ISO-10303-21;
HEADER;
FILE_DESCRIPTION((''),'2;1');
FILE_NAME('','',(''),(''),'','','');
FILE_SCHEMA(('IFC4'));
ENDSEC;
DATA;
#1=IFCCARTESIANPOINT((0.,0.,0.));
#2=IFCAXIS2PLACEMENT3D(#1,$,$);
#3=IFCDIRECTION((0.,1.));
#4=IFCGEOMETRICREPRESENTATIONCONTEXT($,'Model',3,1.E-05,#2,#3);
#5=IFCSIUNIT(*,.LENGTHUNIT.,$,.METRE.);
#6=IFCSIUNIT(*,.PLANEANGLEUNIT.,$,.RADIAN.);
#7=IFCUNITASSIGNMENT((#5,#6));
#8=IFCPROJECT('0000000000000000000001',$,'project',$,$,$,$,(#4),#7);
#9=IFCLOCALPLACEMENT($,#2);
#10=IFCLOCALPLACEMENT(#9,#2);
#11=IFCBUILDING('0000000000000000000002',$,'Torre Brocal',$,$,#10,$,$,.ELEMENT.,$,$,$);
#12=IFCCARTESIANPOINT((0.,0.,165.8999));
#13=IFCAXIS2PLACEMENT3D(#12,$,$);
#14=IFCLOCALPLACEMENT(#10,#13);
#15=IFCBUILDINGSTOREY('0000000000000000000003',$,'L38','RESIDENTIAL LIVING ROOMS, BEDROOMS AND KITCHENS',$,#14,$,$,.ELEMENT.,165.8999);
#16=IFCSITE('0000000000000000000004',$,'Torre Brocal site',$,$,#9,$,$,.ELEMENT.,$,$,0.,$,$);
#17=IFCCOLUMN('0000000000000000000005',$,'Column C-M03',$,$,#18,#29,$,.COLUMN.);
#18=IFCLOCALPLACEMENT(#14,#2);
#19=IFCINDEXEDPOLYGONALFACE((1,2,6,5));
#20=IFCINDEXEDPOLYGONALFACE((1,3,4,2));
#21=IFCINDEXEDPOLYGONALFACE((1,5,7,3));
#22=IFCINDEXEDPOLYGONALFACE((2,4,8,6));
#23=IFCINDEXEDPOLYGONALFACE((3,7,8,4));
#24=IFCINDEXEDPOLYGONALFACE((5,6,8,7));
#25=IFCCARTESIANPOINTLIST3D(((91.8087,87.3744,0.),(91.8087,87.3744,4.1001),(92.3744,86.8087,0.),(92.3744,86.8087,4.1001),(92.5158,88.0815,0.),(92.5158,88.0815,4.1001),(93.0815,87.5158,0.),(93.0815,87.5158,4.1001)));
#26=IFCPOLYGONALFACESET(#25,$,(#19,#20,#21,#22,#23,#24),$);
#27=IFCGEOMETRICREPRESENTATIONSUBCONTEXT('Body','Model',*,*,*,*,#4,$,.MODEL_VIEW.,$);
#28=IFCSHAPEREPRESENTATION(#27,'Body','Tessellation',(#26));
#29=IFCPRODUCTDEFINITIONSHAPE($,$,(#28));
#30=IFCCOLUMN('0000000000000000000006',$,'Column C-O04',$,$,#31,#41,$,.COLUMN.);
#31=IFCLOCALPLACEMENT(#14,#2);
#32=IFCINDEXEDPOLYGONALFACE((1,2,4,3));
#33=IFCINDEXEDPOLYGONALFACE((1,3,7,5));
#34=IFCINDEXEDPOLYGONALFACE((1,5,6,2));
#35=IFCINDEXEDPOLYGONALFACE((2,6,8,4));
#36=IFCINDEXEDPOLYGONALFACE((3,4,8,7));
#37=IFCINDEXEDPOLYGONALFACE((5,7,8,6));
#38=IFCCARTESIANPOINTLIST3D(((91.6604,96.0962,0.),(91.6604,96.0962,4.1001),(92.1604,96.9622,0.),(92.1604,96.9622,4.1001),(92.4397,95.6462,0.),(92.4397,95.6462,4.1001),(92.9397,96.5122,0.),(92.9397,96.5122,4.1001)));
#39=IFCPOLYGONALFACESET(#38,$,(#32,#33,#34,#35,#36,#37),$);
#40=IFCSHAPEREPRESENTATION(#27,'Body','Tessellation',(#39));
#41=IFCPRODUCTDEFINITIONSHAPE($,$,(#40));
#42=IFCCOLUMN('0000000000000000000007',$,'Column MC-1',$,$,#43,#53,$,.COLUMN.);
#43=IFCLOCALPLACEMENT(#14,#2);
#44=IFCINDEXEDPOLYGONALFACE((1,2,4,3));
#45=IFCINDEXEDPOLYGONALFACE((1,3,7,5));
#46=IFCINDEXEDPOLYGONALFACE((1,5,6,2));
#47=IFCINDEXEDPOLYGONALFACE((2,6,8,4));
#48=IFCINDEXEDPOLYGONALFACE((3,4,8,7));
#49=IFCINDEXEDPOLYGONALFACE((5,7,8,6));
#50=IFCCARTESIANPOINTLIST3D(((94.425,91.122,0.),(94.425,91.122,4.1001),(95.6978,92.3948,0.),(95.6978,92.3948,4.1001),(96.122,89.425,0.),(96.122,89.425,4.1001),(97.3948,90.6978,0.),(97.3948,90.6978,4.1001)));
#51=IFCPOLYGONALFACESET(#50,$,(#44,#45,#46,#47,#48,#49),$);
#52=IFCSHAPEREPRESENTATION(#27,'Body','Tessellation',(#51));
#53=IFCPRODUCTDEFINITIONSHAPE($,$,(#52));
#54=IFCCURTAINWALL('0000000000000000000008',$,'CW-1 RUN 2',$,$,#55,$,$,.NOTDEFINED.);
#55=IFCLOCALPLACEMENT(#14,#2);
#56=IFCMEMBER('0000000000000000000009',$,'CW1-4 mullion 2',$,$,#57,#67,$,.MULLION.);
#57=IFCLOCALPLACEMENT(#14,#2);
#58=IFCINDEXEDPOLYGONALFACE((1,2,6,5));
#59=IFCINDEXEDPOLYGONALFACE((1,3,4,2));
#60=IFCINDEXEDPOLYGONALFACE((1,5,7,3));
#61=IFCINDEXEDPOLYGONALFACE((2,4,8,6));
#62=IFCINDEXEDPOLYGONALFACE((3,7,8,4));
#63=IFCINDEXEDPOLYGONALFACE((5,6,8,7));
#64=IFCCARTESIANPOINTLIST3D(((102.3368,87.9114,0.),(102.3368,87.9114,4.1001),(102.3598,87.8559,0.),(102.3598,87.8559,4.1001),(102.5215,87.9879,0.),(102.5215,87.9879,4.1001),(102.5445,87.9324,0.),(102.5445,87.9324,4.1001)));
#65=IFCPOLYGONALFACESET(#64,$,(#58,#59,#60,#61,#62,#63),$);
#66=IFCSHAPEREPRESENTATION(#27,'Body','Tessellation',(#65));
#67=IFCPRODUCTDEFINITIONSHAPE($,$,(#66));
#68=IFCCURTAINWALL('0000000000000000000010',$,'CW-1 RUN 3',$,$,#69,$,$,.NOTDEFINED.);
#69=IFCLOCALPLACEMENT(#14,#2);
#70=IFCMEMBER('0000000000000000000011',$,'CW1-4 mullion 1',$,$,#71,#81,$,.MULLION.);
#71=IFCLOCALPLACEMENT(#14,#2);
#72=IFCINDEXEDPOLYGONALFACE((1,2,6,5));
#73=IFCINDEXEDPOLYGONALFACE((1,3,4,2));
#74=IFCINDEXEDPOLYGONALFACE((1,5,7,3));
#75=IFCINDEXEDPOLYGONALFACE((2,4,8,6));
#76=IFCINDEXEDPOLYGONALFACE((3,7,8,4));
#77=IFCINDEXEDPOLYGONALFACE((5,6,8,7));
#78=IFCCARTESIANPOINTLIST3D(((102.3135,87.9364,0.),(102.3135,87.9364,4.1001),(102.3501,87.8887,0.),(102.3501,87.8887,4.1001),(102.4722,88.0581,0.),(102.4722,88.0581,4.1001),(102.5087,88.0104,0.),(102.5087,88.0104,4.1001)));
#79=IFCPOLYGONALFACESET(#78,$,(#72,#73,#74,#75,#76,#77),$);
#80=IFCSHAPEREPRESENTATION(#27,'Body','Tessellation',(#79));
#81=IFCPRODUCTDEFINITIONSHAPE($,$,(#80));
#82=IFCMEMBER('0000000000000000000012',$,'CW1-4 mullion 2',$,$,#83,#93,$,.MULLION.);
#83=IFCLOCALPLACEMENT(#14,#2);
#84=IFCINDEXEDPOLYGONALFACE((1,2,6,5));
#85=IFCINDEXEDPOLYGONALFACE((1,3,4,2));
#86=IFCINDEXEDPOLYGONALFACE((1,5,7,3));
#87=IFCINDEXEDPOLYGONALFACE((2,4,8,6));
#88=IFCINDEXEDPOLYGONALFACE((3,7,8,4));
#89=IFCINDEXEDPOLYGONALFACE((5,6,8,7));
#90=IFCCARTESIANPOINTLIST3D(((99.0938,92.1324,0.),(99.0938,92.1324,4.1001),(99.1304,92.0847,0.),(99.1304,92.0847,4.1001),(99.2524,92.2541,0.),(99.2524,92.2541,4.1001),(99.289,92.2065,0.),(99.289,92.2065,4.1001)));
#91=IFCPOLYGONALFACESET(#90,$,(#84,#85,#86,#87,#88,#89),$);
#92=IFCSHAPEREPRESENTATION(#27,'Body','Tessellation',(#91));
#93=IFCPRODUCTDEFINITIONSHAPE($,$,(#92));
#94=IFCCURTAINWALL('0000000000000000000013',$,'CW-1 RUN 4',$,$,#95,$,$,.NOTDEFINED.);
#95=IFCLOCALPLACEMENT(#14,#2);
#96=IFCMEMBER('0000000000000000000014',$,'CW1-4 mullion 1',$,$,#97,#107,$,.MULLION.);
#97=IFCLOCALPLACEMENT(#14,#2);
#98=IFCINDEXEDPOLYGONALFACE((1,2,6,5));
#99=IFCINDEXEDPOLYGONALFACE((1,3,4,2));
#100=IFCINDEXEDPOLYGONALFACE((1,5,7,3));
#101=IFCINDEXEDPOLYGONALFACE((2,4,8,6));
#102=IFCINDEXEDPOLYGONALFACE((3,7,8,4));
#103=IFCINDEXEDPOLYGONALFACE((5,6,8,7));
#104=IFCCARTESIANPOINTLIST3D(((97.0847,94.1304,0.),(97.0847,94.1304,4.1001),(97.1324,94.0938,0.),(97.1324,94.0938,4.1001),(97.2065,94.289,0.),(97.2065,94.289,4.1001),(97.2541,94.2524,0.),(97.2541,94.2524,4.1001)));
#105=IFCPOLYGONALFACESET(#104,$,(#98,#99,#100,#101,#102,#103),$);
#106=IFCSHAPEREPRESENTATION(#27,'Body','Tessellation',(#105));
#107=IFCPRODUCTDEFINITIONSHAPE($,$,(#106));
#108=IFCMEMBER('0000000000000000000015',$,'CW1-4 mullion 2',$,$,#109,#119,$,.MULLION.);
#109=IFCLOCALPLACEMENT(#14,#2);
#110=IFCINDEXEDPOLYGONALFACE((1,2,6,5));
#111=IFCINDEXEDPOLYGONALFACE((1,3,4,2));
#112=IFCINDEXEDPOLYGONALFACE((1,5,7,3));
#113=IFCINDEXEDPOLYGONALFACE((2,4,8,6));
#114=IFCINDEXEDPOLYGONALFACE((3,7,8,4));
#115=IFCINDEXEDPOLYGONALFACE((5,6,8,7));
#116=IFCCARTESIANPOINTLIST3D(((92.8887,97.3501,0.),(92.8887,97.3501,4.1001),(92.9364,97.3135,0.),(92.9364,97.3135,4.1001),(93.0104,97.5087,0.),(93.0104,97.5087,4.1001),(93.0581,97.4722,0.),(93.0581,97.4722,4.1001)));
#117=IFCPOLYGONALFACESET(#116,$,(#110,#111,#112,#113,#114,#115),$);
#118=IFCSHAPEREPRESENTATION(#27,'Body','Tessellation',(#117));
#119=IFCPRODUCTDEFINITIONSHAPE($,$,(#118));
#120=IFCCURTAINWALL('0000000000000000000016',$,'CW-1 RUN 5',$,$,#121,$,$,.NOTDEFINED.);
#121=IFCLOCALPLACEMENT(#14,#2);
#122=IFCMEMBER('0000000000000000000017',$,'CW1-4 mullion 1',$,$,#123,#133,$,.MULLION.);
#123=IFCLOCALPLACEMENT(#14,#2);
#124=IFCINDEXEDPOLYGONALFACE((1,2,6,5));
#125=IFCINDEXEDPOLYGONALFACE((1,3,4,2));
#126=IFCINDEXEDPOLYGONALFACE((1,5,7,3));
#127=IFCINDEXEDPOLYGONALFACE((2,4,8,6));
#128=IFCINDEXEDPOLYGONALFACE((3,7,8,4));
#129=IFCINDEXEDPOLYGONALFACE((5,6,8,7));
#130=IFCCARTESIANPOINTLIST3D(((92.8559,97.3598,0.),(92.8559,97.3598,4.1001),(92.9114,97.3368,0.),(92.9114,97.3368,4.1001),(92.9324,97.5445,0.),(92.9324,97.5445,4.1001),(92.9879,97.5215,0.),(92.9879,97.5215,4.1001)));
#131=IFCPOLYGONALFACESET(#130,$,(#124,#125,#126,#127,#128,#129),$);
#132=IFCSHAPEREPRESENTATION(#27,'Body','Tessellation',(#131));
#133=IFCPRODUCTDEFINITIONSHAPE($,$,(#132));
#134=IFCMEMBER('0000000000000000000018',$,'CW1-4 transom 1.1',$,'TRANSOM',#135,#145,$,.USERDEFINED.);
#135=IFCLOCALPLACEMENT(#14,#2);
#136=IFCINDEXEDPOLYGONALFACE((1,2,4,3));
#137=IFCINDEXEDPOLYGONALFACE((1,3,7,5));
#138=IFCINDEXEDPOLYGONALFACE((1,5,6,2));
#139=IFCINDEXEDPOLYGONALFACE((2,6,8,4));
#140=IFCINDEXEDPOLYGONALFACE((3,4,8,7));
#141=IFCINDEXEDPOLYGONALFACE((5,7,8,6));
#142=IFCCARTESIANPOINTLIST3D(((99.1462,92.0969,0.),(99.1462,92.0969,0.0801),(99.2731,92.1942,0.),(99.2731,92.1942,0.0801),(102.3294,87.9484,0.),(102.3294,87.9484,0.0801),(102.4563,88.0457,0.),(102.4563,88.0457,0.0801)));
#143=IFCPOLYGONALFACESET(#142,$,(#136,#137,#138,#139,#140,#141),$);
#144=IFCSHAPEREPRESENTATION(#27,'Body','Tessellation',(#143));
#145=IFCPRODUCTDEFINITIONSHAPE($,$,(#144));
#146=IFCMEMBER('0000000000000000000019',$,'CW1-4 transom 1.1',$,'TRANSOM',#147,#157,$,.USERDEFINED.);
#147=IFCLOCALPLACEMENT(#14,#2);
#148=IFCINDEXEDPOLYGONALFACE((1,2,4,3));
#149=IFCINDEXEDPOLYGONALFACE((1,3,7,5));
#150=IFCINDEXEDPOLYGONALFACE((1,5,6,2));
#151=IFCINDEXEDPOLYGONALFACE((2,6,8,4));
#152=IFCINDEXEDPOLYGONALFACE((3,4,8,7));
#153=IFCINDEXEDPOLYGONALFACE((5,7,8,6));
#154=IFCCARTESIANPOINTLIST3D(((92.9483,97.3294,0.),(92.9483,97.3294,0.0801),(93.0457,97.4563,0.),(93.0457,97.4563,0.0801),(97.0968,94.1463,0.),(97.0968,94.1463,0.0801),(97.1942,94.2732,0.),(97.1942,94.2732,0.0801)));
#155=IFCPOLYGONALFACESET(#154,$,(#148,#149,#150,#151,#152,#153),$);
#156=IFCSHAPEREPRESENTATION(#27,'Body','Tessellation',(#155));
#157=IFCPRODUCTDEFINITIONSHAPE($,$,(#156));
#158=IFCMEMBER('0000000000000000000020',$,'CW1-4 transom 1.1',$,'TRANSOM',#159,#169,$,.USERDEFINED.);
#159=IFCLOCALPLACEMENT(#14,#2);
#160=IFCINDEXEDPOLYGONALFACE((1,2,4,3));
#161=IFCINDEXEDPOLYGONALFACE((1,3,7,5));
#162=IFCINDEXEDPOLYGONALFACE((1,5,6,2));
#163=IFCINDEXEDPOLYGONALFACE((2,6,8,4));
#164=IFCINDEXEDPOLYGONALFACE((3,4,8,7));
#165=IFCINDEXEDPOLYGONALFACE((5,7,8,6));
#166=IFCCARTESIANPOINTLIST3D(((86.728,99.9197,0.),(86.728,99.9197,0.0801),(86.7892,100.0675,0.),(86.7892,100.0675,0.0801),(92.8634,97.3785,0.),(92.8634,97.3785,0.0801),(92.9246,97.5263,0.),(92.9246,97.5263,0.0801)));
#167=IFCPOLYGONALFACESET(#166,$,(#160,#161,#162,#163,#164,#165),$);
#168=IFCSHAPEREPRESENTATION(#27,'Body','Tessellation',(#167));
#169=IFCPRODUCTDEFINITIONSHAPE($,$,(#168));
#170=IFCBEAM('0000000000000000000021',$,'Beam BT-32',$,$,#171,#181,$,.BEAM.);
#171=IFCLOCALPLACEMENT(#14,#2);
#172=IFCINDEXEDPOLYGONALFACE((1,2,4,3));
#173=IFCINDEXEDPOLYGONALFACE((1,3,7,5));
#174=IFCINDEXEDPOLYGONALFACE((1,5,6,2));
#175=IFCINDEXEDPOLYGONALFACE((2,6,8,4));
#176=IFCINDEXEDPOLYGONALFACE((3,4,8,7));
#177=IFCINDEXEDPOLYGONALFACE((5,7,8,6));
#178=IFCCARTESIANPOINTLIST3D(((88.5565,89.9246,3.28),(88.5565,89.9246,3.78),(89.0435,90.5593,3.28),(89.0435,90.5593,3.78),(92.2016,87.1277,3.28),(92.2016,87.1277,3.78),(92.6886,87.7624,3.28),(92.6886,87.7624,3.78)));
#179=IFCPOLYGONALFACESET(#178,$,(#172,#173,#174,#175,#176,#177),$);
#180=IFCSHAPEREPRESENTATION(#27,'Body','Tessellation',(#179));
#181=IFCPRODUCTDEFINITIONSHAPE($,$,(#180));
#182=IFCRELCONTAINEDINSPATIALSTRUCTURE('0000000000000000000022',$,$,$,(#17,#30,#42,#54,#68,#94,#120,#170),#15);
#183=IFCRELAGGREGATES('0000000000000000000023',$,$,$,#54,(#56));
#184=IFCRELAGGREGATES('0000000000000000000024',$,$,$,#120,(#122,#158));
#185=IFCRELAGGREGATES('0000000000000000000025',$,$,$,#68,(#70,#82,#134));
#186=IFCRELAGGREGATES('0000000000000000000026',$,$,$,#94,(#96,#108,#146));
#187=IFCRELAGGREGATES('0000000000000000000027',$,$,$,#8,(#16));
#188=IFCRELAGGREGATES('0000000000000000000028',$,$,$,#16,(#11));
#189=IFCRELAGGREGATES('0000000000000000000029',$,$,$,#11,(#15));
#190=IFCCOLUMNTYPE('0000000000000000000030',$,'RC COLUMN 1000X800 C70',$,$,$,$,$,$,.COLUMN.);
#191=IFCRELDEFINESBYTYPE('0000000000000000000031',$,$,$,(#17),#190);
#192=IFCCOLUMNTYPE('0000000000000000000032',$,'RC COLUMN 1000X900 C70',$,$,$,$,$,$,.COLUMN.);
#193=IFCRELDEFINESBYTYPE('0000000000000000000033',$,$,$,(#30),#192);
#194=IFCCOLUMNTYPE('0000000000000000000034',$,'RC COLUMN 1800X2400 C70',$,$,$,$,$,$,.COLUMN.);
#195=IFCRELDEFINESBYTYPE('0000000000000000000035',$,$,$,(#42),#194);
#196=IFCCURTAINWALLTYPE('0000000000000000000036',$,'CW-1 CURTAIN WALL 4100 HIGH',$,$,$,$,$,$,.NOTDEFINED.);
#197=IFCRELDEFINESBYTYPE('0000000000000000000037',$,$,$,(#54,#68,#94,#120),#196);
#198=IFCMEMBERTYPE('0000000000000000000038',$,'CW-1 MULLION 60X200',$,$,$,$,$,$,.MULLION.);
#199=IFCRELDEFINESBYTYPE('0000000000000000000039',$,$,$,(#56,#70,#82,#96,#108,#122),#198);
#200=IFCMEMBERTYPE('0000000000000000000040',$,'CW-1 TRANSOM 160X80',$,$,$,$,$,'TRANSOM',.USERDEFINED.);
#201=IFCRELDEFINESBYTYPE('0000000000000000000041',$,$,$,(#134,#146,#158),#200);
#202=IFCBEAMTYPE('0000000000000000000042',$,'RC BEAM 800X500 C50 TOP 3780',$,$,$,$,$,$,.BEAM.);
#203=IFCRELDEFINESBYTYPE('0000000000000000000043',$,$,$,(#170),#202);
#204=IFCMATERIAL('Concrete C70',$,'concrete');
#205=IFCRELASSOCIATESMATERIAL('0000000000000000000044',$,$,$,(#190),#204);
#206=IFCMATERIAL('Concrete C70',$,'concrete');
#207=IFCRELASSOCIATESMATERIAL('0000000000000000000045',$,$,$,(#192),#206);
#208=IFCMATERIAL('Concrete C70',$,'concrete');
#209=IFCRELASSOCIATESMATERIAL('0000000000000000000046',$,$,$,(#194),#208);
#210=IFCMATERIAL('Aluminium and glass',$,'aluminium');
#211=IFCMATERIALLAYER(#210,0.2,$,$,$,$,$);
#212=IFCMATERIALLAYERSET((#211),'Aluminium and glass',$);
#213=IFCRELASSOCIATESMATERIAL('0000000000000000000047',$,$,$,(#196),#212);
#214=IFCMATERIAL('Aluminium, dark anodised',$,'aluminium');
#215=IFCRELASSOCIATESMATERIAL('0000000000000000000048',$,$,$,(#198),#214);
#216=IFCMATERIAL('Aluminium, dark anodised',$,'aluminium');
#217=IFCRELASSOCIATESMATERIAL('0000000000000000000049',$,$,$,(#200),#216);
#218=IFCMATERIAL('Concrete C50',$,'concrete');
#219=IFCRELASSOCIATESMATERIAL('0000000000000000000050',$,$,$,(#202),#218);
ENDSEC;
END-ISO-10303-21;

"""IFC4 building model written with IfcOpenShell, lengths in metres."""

from ifc_helpers import new_model, si_unit, direction, frame, origin, origin_2d, place, context, subcontext, project, spatial, rectangle, extrude, material, layer, layer_set, material_profile, profile_set, type_object, element, aggregate, save


model = new_model("IFC4")

# Units and contexts
model_context = context("Model", 3, precision=1e-05, world=origin(), true_north=direction((0.0, 1.0)))
body_context = subcontext(model_context, "Body", "Model", "MODEL_VIEW")
ifc_project = project(units=[si_unit("LENGTHUNIT", "METRE"), si_unit("PLANEANGLEUNIT", "RADIAN")], contexts=[model_context])

# Site, building, storey
site_placement = place(None, origin())
site = spatial("IfcSite", under=ifc_project, at=site_placement, Name="Torre Brocal site", CompositionType="ELEMENT", RefElevation=0.0)
building_placement = place(site_placement, origin())
building = spatial("IfcBuilding", under=site, at=building_placement, Name="Torre Brocal", CompositionType="ELEMENT")
storey_placement = place(building_placement, frame((0.0, 0.0, 165.8999)))
storey = spatial("IfcBuildingStorey", under=building, at=storey_placement, Name="L38", Description="RESIDENTIAL LIVING ROOMS, BEDROOMS AND KITCHENS", CompositionType="ELEMENT", Elevation=165.8999)

# Columns
ifc_material_1 = material(Name="Concrete C70", Category="concrete")
ifc_material_profile_1 = material_profile(ifc_material_1, rectangle(XDim=1.0, YDim=0.8, at=origin_2d()), Name="RC 1000X800")
ifc_profile_set_1 = profile_set([ifc_material_profile_1], Name="Concrete C70")
column_type_1 = type_object("IfcColumnType", Name="RC COLUMN 1000X800 C70", PredefinedType="COLUMN", material=ifc_profile_set_1)
column_1_placement = place(storey_placement, frame((92.4451, 87.4451, 0.0), z_axis=(0.0, 0.0, 1.0), x_axis=(0.707107, 0.707107, 0.0)))
element("IfcColumn", 1, at=column_1_placement, inside=storey, type_object=column_type_1, Name="Column C-M03", PredefinedType="COLUMN", context=body_context, shape_type="SweptSolid", body=[
    extrude(rectangle(XDim=1.0, YDim=0.8, at=origin_2d()), origin(), (0.0, 0.0, 1.0), 4.1001),
])
ifc_material_2 = material(Name="Concrete C70", Category="concrete")
ifc_material_profile_2 = material_profile(ifc_material_2, rectangle(XDim=1.0, YDim=0.8999, at=origin_2d()), Name="RC 1000X900")
ifc_profile_set_2 = profile_set([ifc_material_profile_2], Name="Concrete C70")
column_type_2 = type_object("IfcColumnType", Name="RC COLUMN 1000X900 C70", PredefinedType="COLUMN", material=ifc_profile_set_2)
column_2_placement = place(storey_placement, frame((92.3, 96.3042, 0.0), z_axis=(0.0, 0.0, 1.0), x_axis=(0.5, 0.866025, 0.0)))
element("IfcColumn", 2, at=column_2_placement, inside=storey, type_object=column_type_2, Name="Column C-O04", PredefinedType="COLUMN", context=body_context, shape_type="SweptSolid", body=[
    extrude(rectangle(XDim=1.0, YDim=0.8999, at=origin_2d()), origin(), (0.0, 0.0, 1.0), 4.1001),
])
ifc_material_3 = material(Name="Concrete C70", Category="concrete")
ifc_material_profile_3 = material_profile(ifc_material_3, rectangle(XDim=1.8, YDim=2.3999, at=origin_2d()), Name="RC 1800X2400")
ifc_profile_set_3 = profile_set([ifc_material_profile_3], Name="Concrete C70")
column_type_3 = type_object("IfcColumnType", Name="RC COLUMN 1800X2400 C70", PredefinedType="COLUMN", material=ifc_profile_set_3)
column_3_placement = place(storey_placement, frame((95.9099, 90.9099, 0.0), z_axis=(0.0, 0.0, 1.0), x_axis=(0.707107, 0.707107, 0.0)))
element("IfcColumn", 3, at=column_3_placement, inside=storey, type_object=column_type_3, Name="Column MC-1", PredefinedType="COLUMN", context=body_context, shape_type="SweptSolid", body=[
    extrude(rectangle(XDim=1.8, YDim=2.3999, at=origin_2d()), origin(), (0.0, 0.0, 1.0), 4.1001),
])

# Curtain wall, member
ifc_material_4 = material(Name="Aluminium and glass", Category="aluminium")
ifc_layer_1 = layer(ifc_material_4, 0.2)
ifc_layer_set_1 = layer_set([ifc_layer_1], Name="Aluminium and glass")
curtain_wall_type = type_object("IfcCurtainWallType", Name="CW-1 CURTAIN WALL 4100 HIGH", PredefinedType="NOTDEFINED", material=ifc_layer_set_1)
curtain_wall_1_placement = place(storey_placement, origin())
curtain_wall_1 = element("IfcCurtainWall", 4, at=curtain_wall_1_placement, inside=storey, type_object=curtain_wall_type, Name="CW-1 RUN 2", PredefinedType="NOTDEFINED")
ifc_material_5 = material(Name="Aluminium, dark anodised", Category="aluminium")
ifc_material_profile_4 = material_profile(ifc_material_5, rectangle(XDim=0.2, YDim=0.0601, at=origin_2d()), Name="CW-1 MULLION 60X200")
ifc_profile_set_4 = profile_set([ifc_material_profile_4], Name="Aluminium, dark anodised")
member_type_1 = type_object("IfcMemberType", Name="CW-1 MULLION 60X200", PredefinedType="MULLION", material=ifc_profile_set_4)
member_1_placement = place(storey_placement, frame((102.4407, 87.9219, 0.0), z_axis=(0.0, 0.0, 1.0), x_axis=(-0.92388, -0.382683, 0.0)))
member_1 = element("IfcMember", 5, at=member_1_placement, type_object=member_type_1, Name="CW1-4 mullion 2", PredefinedType="MULLION", context=body_context, shape_type="SweptSolid", body=[
    extrude(rectangle(XDim=0.2, YDim=0.0601, at=origin_2d()), origin(), (0.0, 0.0, 1.0), 4.1001),
])
aggregate(curtain_wall_1, [member_1])

# Curtain walls, members
curtain_wall_2_placement = place(storey_placement, origin())
curtain_wall_2 = element("IfcCurtainWall", 6, at=curtain_wall_2_placement, inside=storey, type_object=curtain_wall_type, Name="CW-1 RUN 3", PredefinedType="NOTDEFINED")
member_2_placement = place(storey_placement, frame((102.4111, 87.9734, 0.0), z_axis=(0.0, 0.0, 1.0), x_axis=(-0.793353, -0.608761, 0.0)))
member_2 = element("IfcMember", 7, at=member_2_placement, type_object=member_type_1, Name="CW1-4 mullion 1", PredefinedType="MULLION", context=body_context, shape_type="SweptSolid", body=[
    extrude(rectangle(XDim=0.2, YDim=0.0601, at=origin_2d()), origin(), (0.0, 0.0, 1.0), 4.1001),
])
member_3_placement = place(storey_placement, frame((99.1914, 92.1694, 0.0), z_axis=(0.0, 0.0, 1.0), x_axis=(-0.793353, -0.608761, 0.0)))
member_3 = element("IfcMember", 8, at=member_3_placement, type_object=member_type_1, Name="CW1-4 mullion 2", PredefinedType="MULLION", context=body_context, shape_type="SweptSolid", body=[
    extrude(rectangle(XDim=0.2, YDim=0.0601, at=origin_2d()), origin(), (0.0, 0.0, 1.0), 4.1001),
])
curtain_wall_3_placement = place(storey_placement, origin())
curtain_wall_3 = element("IfcCurtainWall", 9, at=curtain_wall_3_placement, inside=storey, type_object=curtain_wall_type, Name="CW-1 RUN 4", PredefinedType="NOTDEFINED")
member_4_placement = place(storey_placement, frame((97.1694, 94.1914, 0.0), z_axis=(0.0, 0.0, 1.0), x_axis=(-0.608761, -0.793353, 0.0)))
member_4 = element("IfcMember", 10, at=member_4_placement, type_object=member_type_1, Name="CW1-4 mullion 1", PredefinedType="MULLION", context=body_context, shape_type="SweptSolid", body=[
    extrude(rectangle(XDim=0.2, YDim=0.0601, at=origin_2d()), origin(), (0.0, 0.0, 1.0), 4.1001),
])
member_5_placement = place(storey_placement, frame((92.9734, 97.4111, 0.0), z_axis=(0.0, 0.0, 1.0), x_axis=(-0.608761, -0.793353, 0.0)))
member_5 = element("IfcMember", 11, at=member_5_placement, type_object=member_type_1, Name="CW1-4 mullion 2", PredefinedType="MULLION", context=body_context, shape_type="SweptSolid", body=[
    extrude(rectangle(XDim=0.2, YDim=0.0601, at=origin_2d()), origin(), (0.0, 0.0, 1.0), 4.1001),
])

# Curtain wall, member
curtain_wall_4_placement = place(storey_placement, origin())
curtain_wall_4 = element("IfcCurtainWall", 12, at=curtain_wall_4_placement, inside=storey, type_object=curtain_wall_type, Name="CW-1 RUN 5", PredefinedType="NOTDEFINED")
member_6_placement = place(storey_placement, frame((92.9219, 97.4407, 0.0), z_axis=(0.0, 0.0, 1.0), x_axis=(-0.382683, -0.92388, 0.0)))
member_6 = element("IfcMember", 13, at=member_6_placement, type_object=member_type_1, Name="CW1-4 mullion 1", PredefinedType="MULLION", context=body_context, shape_type="SweptSolid", body=[
    extrude(rectangle(XDim=0.2, YDim=0.0601, at=origin_2d()), origin(), (0.0, 0.0, 1.0), 4.1001),
])

# Members
ifc_material_6 = material(Name="Aluminium, dark anodised", Category="aluminium")
ifc_material_profile_5 = material_profile(ifc_material_6, rectangle(XDim=0.1599, YDim=0.0801, at=origin_2d()), Name="CW-1 TRANSOM 160X80")
ifc_profile_set_5 = profile_set([ifc_material_profile_5], Name="Aluminium, dark anodised")
member_type_2 = type_object("IfcMemberType", Name="CW-1 TRANSOM 160X80", ElementType="TRANSOM", PredefinedType="USERDEFINED", material=ifc_profile_set_5)
member_7_placement = place(storey_placement, frame((102.3928, 87.9971, 0.04), z_axis=(-0.608749, 0.793363, 0.0), x_axis=(-0.793363, -0.608749, 0.0)))
member_7 = element("IfcMember", 14, at=member_7_placement, type_object=member_type_2, Name="CW1-4 transom 1.1", ObjectType="TRANSOM", PredefinedType="USERDEFINED", context=body_context, shape_type="SweptSolid", body=[
    extrude(rectangle(XDim=0.1599, YDim=0.0801, at=origin_2d()), origin(), (0.0, 0.0, 1.0), 5.229),
])
member_8_placement = place(storey_placement, frame((97.1455, 94.2097, 0.04), z_axis=(-0.793363, 0.608749, 0.0), x_axis=(-0.608749, -0.793363, 0.0)))
member_8 = element("IfcMember", 15, at=member_8_placement, type_object=member_type_2, Name="CW1-4 transom 1.1", ObjectType="TRANSOM", PredefinedType="USERDEFINED", context=body_context, shape_type="SweptSolid", body=[
    extrude(rectangle(XDim=0.1599, YDim=0.0801, at=origin_2d()), origin(), (0.0, 0.0, 1.0), 5.229),
])
member_9_placement = place(storey_placement, frame((92.894, 97.4524, 0.04), z_axis=(-0.923887, 0.382665, 0.0), x_axis=(-0.382665, -0.923887, 0.0)))
member_9 = element("IfcMember", 16, at=member_9_placement, type_object=member_type_2, Name="CW1-4 transom 1.1", ObjectType="TRANSOM", PredefinedType="USERDEFINED", context=body_context, shape_type="SweptSolid", body=[
    extrude(rectangle(XDim=0.1599, YDim=0.0801, at=origin_2d()), origin(), (0.0, 0.0, 1.0), 6.6409),
])
aggregate(curtain_wall_4, [member_6, member_9])

# Beam
ifc_material_7 = material(Name="Concrete C50", Category="concrete")
ifc_material_profile_6 = material_profile(ifc_material_7, rectangle(XDim=0.8, YDim=0.5, at=origin_2d()), Name="RC 800X500")
ifc_profile_set_6 = profile_set([ifc_material_profile_6], Name="Concrete C50")
beam_type_1 = type_object("IfcBeamType", Name="RC BEAM 800X500 C50 TOP 3780", PredefinedType="BEAM", material=ifc_profile_set_6)
beam_1_placement = place(storey_placement, frame((92.4451, 87.4451, 3.53), z_axis=(-0.793358, 0.608755, 0.0), x_axis=(-0.608755, -0.793358, 0.0)))
element("IfcBeam", 17, at=beam_1_placement, inside=storey, type_object=beam_type_1, Name="Beam BT-32", PredefinedType="BEAM", context=body_context, shape_type="SweptSolid", body=[
    extrude(rectangle(XDim=0.8, YDim=0.5, at=origin_2d()), origin(), (0.0, 0.0, 1.0), 4.5945),
])

aggregate(curtain_wall_2, [member_2, member_3, member_7])
aggregate(curtain_wall_3, [member_4, member_5, member_8])

save(model, "model.ifc")
